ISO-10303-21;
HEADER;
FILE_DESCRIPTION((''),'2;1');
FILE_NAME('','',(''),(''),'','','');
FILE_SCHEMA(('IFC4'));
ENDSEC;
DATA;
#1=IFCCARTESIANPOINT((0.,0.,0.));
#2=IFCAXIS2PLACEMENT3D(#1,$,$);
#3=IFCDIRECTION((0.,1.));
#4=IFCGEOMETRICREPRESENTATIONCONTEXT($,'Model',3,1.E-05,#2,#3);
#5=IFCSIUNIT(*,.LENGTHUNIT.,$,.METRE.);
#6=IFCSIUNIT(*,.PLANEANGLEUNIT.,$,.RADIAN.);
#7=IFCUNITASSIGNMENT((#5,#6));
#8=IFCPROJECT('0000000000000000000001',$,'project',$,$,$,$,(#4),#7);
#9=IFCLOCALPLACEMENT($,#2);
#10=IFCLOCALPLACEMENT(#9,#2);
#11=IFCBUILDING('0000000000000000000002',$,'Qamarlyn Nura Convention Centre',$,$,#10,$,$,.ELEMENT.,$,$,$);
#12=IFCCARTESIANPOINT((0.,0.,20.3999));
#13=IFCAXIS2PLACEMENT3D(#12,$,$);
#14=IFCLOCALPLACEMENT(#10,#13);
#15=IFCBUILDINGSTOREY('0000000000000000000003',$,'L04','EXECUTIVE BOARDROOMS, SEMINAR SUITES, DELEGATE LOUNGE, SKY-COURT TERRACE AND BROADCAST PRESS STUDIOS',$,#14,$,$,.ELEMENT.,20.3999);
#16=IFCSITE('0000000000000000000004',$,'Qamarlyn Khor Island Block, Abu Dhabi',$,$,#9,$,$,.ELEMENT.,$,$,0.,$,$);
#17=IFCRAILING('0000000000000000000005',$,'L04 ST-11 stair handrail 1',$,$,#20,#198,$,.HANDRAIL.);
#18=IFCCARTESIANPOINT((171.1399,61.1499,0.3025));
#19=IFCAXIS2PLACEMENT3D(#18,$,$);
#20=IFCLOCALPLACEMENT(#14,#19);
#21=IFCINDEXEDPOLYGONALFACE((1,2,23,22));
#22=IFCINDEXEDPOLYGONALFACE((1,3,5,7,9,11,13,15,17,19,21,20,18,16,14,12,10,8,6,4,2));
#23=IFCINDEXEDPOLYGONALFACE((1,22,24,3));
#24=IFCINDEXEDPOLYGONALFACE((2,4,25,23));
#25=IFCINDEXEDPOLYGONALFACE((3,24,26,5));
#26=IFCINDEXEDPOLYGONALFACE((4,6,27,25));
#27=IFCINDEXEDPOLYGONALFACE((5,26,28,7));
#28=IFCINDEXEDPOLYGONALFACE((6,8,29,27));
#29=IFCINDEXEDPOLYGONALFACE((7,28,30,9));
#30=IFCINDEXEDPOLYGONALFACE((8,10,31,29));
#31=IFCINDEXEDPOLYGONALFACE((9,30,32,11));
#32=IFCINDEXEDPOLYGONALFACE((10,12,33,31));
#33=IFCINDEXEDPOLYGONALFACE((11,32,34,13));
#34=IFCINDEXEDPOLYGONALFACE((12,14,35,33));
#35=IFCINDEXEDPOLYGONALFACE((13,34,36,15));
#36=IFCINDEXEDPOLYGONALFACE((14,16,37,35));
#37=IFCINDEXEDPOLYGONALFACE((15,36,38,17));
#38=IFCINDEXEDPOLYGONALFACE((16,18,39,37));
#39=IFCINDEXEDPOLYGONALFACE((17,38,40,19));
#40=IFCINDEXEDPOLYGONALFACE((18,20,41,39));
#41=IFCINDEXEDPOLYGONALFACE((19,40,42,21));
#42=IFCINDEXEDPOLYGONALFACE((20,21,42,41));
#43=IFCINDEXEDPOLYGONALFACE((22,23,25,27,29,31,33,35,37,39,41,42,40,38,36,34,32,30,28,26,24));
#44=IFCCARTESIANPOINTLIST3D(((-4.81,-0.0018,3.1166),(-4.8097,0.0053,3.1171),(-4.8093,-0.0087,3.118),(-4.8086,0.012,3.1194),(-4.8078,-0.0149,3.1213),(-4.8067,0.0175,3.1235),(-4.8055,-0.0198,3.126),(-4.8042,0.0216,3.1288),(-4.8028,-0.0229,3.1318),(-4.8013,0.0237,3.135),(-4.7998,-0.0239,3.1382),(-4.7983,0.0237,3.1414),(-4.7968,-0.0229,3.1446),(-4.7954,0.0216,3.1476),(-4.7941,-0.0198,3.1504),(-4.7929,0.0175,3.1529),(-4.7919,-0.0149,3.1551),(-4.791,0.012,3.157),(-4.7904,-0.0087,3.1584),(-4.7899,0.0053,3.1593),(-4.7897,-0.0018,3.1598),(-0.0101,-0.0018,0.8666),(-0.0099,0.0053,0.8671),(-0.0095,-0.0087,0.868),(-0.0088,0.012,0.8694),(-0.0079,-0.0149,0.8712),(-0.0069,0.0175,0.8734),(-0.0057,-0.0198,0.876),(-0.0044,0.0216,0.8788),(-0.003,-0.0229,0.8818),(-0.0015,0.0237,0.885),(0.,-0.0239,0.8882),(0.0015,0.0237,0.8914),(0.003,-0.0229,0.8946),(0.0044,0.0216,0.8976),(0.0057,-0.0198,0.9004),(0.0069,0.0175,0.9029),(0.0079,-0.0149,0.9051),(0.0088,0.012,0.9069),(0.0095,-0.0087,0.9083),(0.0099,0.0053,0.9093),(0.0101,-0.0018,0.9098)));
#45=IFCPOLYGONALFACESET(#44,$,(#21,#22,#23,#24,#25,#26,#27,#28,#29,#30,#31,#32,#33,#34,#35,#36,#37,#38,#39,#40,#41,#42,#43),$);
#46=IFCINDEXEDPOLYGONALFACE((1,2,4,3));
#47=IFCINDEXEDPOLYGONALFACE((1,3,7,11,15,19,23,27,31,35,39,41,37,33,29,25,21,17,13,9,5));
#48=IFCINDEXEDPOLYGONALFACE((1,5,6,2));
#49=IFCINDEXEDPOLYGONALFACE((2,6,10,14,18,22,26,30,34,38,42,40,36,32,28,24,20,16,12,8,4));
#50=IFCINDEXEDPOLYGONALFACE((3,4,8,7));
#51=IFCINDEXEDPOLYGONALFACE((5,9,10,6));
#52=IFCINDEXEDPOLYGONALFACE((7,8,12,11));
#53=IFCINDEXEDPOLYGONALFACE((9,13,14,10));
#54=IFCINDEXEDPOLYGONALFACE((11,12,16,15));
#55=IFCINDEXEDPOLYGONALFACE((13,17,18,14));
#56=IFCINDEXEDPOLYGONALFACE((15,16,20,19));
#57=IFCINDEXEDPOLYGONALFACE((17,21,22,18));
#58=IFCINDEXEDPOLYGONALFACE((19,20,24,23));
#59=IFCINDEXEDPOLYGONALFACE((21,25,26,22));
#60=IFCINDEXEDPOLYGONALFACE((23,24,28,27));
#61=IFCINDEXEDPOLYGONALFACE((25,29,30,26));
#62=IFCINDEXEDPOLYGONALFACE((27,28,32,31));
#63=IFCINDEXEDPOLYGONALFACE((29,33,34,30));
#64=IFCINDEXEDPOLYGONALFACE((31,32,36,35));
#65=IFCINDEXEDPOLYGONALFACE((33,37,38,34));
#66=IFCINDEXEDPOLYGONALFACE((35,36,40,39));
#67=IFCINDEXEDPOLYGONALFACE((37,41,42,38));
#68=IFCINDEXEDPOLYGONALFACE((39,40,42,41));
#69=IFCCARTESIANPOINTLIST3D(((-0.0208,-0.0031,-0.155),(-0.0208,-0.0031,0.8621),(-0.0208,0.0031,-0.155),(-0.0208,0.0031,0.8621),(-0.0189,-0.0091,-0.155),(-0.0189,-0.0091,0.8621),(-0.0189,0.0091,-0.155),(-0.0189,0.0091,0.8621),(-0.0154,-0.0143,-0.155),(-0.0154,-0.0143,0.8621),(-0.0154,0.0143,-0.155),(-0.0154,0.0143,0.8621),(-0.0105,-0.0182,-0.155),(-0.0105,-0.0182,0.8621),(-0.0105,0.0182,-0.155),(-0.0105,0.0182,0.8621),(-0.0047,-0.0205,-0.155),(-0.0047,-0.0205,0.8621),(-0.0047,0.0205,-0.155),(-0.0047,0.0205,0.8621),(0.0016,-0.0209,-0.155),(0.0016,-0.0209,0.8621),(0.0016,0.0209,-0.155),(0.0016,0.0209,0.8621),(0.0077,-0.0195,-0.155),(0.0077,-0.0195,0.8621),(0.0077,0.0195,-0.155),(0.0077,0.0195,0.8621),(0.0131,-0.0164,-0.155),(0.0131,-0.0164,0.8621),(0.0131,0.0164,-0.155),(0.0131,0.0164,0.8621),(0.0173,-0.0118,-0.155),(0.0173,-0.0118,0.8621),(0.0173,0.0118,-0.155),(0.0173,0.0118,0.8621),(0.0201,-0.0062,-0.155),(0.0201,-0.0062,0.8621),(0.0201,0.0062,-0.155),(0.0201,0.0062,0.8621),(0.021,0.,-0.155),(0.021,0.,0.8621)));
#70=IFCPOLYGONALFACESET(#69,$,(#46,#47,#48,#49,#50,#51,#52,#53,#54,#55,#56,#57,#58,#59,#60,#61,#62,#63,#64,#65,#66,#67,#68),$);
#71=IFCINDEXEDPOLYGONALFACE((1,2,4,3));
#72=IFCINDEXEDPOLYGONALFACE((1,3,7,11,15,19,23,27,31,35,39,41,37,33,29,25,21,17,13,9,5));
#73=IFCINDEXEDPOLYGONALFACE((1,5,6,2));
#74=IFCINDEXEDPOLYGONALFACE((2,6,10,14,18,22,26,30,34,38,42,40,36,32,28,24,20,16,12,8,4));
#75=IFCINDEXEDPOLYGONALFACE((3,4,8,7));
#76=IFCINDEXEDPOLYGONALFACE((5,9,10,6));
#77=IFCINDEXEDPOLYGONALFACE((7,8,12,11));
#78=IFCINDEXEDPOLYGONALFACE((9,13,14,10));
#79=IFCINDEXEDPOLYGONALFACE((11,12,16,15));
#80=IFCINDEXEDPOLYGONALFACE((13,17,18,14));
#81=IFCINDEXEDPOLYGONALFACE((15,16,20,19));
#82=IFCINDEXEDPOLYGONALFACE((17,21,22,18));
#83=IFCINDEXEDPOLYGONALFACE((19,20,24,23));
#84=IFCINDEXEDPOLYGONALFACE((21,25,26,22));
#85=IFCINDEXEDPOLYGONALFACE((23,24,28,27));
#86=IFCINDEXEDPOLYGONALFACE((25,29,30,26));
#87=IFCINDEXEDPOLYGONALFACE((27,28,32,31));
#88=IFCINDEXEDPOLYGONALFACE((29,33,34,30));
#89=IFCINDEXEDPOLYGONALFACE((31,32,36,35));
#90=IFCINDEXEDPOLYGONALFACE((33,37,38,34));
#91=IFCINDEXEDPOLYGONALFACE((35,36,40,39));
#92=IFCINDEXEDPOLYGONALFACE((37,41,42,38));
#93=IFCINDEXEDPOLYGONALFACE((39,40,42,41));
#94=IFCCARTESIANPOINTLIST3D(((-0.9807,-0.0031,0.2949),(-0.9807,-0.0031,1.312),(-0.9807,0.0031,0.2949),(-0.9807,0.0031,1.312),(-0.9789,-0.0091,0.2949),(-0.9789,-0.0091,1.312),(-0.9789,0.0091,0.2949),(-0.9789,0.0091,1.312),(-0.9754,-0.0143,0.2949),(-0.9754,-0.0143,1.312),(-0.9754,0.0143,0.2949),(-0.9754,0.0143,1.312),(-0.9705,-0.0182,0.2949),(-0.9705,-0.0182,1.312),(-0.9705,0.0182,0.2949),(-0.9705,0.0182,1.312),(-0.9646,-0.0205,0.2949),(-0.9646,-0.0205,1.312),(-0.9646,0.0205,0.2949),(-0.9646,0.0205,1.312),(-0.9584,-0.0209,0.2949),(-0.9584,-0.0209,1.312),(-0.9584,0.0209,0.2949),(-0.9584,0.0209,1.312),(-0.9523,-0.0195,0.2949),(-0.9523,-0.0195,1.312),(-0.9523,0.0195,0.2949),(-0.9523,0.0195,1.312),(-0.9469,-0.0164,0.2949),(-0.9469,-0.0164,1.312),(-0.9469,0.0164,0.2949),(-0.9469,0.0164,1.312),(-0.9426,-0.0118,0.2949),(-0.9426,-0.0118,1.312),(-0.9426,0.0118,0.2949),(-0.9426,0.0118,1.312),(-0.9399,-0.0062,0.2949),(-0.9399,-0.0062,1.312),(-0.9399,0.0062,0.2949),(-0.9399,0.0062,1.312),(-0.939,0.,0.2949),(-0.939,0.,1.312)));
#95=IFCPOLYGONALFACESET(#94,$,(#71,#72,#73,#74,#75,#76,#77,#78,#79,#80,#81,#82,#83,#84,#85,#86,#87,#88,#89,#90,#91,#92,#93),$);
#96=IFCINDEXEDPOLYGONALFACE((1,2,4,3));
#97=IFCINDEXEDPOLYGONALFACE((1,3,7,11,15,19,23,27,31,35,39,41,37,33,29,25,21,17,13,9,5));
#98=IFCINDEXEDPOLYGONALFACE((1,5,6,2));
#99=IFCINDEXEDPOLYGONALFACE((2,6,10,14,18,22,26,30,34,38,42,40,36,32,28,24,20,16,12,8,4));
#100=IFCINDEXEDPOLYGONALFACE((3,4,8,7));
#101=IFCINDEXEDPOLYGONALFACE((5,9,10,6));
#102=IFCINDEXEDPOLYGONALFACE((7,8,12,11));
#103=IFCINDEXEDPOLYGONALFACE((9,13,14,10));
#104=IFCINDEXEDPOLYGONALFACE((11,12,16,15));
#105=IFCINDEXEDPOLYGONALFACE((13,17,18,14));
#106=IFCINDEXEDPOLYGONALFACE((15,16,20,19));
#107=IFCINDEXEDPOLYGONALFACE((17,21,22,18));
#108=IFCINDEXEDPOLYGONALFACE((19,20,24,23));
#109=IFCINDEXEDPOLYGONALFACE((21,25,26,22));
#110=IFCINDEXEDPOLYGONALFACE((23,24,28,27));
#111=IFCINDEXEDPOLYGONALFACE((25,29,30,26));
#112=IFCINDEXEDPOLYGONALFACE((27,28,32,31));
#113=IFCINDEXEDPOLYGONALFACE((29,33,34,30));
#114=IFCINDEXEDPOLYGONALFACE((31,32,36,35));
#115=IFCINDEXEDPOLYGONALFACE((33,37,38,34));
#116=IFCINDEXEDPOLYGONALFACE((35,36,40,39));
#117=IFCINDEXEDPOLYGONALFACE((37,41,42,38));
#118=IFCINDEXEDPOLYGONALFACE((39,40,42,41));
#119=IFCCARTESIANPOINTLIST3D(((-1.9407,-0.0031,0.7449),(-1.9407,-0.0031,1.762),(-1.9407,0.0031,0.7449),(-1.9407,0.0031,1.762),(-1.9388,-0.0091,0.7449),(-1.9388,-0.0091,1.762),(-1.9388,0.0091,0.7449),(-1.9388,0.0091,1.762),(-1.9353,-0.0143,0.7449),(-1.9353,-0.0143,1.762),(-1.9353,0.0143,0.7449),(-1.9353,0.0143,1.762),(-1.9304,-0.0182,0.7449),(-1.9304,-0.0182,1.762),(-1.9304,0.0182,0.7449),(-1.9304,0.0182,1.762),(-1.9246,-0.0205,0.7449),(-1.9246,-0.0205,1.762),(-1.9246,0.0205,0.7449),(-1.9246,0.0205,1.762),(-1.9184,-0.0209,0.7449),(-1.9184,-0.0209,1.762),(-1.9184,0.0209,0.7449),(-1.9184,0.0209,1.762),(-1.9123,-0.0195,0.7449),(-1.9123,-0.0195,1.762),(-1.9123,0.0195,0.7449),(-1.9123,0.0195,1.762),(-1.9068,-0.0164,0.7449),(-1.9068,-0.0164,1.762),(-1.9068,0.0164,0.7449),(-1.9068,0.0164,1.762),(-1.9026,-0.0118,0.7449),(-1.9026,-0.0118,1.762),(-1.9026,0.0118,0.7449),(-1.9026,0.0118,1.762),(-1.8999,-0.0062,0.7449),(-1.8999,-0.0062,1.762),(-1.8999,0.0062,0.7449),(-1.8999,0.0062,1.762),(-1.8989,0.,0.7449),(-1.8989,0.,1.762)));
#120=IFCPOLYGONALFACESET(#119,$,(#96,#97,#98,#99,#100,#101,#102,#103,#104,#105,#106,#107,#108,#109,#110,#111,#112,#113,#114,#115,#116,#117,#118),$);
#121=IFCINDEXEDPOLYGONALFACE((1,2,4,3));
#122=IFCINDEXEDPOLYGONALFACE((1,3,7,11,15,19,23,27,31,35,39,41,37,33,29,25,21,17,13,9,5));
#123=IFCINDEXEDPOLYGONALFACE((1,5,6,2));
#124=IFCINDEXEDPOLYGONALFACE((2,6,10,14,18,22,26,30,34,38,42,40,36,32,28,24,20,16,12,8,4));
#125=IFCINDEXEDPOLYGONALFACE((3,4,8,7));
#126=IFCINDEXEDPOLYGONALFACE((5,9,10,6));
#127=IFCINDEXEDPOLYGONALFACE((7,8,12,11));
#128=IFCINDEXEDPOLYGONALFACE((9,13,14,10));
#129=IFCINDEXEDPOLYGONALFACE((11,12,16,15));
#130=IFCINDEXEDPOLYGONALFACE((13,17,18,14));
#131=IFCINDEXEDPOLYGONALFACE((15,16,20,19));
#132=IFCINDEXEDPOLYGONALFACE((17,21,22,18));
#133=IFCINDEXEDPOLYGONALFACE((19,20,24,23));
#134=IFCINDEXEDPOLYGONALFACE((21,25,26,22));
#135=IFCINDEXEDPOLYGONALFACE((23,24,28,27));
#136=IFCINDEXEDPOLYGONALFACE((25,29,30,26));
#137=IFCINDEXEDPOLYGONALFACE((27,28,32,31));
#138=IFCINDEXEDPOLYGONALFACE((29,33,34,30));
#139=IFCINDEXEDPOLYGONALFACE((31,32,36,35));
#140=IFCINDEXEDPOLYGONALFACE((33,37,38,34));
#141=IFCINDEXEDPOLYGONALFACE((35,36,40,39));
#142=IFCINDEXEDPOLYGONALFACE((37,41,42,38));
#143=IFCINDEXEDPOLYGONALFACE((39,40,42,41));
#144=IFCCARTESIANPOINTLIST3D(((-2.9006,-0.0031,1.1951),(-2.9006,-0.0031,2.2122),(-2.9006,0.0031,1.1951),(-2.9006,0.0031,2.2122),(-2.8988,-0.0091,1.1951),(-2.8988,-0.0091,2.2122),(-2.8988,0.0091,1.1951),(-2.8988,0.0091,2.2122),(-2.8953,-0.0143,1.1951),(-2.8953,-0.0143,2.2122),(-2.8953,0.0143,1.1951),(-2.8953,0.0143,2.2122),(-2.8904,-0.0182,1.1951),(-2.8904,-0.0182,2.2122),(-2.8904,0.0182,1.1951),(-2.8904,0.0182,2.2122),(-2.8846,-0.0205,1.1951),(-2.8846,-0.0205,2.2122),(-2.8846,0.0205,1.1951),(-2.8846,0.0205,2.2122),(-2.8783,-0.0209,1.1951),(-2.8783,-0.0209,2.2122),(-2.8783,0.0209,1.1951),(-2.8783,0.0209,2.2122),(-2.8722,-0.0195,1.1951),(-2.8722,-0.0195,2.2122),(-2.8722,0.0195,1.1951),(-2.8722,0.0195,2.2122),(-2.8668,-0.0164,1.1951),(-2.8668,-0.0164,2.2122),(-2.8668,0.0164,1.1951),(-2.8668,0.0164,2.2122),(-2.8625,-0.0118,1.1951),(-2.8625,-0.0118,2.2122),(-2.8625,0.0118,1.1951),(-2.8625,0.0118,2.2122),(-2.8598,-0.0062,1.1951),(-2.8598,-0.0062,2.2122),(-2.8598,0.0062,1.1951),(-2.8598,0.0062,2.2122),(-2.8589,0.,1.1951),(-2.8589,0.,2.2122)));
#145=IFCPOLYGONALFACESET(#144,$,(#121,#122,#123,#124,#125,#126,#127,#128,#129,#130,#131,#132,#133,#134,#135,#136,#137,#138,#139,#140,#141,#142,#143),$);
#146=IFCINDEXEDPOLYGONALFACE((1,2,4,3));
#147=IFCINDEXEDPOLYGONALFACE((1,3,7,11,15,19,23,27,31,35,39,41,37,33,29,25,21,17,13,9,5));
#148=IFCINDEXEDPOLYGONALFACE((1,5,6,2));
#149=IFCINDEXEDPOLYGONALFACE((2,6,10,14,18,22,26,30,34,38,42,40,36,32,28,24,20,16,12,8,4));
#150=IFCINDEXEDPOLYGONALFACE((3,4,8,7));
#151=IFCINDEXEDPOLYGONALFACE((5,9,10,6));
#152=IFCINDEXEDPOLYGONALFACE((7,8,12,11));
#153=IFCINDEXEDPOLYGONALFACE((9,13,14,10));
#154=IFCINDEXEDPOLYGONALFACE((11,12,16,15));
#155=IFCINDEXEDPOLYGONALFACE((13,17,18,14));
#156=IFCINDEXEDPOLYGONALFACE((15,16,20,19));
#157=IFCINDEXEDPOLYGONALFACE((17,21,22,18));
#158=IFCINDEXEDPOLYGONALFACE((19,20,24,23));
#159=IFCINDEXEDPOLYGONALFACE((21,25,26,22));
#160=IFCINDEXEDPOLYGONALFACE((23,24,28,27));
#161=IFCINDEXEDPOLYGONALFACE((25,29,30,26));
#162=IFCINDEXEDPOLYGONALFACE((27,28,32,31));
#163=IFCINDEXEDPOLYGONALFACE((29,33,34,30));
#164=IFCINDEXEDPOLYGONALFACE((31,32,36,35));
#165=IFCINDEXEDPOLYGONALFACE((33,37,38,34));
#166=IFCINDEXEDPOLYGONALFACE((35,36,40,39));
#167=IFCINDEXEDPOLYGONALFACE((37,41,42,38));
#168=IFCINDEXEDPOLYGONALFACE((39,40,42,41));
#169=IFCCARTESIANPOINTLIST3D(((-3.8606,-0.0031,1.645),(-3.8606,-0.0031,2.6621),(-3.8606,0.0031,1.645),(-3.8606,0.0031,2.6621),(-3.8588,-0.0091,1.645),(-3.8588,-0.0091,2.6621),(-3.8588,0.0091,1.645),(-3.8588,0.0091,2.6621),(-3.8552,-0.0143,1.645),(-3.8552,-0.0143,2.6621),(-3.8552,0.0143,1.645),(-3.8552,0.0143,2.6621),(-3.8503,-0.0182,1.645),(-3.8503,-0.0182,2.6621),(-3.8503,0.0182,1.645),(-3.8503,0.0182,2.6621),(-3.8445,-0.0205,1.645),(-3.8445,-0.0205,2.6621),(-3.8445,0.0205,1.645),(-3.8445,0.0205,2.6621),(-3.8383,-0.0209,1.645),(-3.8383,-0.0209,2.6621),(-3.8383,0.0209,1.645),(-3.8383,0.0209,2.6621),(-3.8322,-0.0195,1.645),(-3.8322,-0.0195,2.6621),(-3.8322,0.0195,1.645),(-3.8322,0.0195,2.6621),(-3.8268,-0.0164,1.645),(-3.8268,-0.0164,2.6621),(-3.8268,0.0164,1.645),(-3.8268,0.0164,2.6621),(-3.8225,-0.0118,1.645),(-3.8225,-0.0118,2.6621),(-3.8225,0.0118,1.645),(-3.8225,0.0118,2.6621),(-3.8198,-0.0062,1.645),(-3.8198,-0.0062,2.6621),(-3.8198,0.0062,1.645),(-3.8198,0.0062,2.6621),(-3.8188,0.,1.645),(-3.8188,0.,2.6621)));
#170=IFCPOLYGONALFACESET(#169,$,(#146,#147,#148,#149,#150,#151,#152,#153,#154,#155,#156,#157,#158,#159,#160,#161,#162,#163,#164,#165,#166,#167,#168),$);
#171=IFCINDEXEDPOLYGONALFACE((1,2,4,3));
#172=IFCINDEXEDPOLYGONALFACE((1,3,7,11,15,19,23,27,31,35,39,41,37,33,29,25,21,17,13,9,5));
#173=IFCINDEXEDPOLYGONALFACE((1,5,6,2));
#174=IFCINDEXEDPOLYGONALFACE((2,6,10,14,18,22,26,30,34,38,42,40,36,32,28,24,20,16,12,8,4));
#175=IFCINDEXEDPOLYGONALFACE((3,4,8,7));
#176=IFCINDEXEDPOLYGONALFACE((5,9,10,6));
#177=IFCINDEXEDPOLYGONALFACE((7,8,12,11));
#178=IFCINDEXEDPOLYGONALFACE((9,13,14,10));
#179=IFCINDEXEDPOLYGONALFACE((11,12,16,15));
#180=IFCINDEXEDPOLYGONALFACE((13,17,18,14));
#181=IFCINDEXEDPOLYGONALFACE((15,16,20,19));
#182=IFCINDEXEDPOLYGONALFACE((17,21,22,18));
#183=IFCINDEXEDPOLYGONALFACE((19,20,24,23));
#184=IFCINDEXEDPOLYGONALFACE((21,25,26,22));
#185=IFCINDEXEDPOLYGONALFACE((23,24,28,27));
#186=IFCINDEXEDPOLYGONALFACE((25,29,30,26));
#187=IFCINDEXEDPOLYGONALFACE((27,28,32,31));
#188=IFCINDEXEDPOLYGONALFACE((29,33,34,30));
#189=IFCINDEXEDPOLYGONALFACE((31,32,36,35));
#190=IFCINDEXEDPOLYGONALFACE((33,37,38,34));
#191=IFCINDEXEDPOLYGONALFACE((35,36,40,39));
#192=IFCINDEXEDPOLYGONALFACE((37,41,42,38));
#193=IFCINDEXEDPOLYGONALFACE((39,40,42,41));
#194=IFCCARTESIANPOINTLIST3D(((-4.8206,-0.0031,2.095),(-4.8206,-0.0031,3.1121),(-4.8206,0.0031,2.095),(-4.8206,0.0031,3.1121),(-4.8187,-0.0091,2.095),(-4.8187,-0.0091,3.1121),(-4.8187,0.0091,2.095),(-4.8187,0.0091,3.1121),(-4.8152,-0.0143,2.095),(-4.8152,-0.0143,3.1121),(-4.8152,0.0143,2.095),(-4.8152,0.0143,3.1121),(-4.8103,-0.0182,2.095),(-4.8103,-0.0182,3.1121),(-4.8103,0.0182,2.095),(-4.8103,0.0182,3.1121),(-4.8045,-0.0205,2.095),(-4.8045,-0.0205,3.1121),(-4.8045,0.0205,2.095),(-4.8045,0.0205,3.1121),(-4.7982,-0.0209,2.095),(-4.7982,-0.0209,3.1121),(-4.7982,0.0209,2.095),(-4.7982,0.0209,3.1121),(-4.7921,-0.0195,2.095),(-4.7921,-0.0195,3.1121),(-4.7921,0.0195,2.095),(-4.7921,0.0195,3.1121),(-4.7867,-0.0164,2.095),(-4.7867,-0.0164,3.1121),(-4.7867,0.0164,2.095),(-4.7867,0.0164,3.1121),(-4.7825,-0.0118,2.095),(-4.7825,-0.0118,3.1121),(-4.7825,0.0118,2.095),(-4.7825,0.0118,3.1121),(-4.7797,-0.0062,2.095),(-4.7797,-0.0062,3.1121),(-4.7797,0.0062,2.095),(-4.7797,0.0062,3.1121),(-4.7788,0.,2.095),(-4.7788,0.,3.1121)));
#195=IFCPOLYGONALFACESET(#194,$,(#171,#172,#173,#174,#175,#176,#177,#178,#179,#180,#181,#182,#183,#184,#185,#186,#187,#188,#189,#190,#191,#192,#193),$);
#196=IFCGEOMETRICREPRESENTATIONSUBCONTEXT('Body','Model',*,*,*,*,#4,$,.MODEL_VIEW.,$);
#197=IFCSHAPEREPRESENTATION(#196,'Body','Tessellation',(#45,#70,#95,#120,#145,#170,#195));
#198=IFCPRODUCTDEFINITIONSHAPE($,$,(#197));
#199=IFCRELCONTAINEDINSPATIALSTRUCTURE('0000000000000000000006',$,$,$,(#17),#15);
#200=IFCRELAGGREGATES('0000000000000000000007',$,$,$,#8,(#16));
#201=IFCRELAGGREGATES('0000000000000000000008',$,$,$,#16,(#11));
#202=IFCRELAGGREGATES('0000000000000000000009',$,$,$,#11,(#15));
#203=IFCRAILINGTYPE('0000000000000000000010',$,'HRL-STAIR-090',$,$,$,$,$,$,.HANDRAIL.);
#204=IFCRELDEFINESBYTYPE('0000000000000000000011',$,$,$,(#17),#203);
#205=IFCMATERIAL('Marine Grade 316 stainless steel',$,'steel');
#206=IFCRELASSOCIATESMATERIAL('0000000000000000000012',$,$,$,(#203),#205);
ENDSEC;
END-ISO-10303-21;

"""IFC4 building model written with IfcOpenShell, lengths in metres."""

from ifc_helpers import new_model, si_unit, direction, frame, origin, origin_2d, place, context, subcontext, project, spatial, circle, extrude, material, type_object, element, save


model = new_model("IFC4")

# Units and contexts
model_context = context("Model", 3, precision=1e-05, world=origin(), true_north=direction((0.0, 1.0)))
body_context = subcontext(model_context, "Body", "Model", "MODEL_VIEW")
ifc_project = project(units=[si_unit("LENGTHUNIT", "METRE"), si_unit("PLANEANGLEUNIT", "RADIAN")], contexts=[model_context])

# Site, building, storey
site_placement = place(None, origin())
site = spatial("IfcSite", under=ifc_project, at=site_placement, Name="Qamarlyn Khor Island Block, Abu Dhabi", CompositionType="ELEMENT", RefElevation=0.0)
building_placement = place(site_placement, origin())
building = spatial("IfcBuilding", under=site, at=building_placement, Name="Qamarlyn Nura Convention Centre", CompositionType="ELEMENT")
storey_placement = place(building_placement, frame((0.0, 0.0, 20.3999)))
storey = spatial("IfcBuildingStorey", under=building, at=storey_placement, Name="L04", Description="EXECUTIVE BOARDROOMS, SEMINAR SUITES, DELEGATE LOUNGE, SKY-COURT TERRACE AND BROADCAST PRESS STUDIOS", CompositionType="ELEMENT", Elevation=20.3999)

# Shared definitions
ifc_material_1 = material(Name="Marine Grade 316 stainless steel", Category="steel")

# Railing
railing_type_1 = type_object("IfcRailingType", Name="HRL-STAIR-090", PredefinedType="HANDRAIL", material=ifc_material_1)
railing_1_placement = place(storey_placement, frame((171.1399, 61.1499, 0.3025)))
element("IfcRailing", 1, at=railing_1_placement, inside=storey, type_object=railing_type_1, Name="L04 ST-11 stair handrail 1", PredefinedType="HANDRAIL", context=body_context, shape_type="SweptSolid", body=[
    extrude(circle(Radius=0.0239, at=origin_2d()), frame((0.0, 0.0, 0.8882), z_axis=(-0.905452, 0.0, 0.424448), x_axis=(0.0, -1.0, 0.0)), (0.0, 0.0, 1.0), 5.301),
    extrude(circle(Radius=0.021, at=origin_2d()), frame((0.0, 0.0, -0.155)), (0.0, 0.0, 1.0), 1.0171),
    extrude(circle(Radius=0.021, at=origin_2d()), frame((-0.96, 0.0, 0.2949)), (0.0, 0.0, 1.0), 1.0171),
    extrude(circle(Radius=0.021, at=origin_2d()), frame((-1.9199, 0.0, 0.7449)), (0.0, 0.0, 1.0), 1.0171),
    extrude(circle(Radius=0.021, at=origin_2d()), frame((-2.8799, 0.0, 1.1951)), (0.0, 0.0, 1.0), 1.0171),
    extrude(circle(Radius=0.021, at=origin_2d()), frame((-3.8398, 0.0, 1.645)), (0.0, 0.0, 1.0), 1.0171),
    extrude(circle(Radius=0.021, at=origin_2d()), frame((-4.7998, 0.0, 2.095)), (0.0, 0.0, 1.0), 1.0171),
])

save(model, "model.ifc")
